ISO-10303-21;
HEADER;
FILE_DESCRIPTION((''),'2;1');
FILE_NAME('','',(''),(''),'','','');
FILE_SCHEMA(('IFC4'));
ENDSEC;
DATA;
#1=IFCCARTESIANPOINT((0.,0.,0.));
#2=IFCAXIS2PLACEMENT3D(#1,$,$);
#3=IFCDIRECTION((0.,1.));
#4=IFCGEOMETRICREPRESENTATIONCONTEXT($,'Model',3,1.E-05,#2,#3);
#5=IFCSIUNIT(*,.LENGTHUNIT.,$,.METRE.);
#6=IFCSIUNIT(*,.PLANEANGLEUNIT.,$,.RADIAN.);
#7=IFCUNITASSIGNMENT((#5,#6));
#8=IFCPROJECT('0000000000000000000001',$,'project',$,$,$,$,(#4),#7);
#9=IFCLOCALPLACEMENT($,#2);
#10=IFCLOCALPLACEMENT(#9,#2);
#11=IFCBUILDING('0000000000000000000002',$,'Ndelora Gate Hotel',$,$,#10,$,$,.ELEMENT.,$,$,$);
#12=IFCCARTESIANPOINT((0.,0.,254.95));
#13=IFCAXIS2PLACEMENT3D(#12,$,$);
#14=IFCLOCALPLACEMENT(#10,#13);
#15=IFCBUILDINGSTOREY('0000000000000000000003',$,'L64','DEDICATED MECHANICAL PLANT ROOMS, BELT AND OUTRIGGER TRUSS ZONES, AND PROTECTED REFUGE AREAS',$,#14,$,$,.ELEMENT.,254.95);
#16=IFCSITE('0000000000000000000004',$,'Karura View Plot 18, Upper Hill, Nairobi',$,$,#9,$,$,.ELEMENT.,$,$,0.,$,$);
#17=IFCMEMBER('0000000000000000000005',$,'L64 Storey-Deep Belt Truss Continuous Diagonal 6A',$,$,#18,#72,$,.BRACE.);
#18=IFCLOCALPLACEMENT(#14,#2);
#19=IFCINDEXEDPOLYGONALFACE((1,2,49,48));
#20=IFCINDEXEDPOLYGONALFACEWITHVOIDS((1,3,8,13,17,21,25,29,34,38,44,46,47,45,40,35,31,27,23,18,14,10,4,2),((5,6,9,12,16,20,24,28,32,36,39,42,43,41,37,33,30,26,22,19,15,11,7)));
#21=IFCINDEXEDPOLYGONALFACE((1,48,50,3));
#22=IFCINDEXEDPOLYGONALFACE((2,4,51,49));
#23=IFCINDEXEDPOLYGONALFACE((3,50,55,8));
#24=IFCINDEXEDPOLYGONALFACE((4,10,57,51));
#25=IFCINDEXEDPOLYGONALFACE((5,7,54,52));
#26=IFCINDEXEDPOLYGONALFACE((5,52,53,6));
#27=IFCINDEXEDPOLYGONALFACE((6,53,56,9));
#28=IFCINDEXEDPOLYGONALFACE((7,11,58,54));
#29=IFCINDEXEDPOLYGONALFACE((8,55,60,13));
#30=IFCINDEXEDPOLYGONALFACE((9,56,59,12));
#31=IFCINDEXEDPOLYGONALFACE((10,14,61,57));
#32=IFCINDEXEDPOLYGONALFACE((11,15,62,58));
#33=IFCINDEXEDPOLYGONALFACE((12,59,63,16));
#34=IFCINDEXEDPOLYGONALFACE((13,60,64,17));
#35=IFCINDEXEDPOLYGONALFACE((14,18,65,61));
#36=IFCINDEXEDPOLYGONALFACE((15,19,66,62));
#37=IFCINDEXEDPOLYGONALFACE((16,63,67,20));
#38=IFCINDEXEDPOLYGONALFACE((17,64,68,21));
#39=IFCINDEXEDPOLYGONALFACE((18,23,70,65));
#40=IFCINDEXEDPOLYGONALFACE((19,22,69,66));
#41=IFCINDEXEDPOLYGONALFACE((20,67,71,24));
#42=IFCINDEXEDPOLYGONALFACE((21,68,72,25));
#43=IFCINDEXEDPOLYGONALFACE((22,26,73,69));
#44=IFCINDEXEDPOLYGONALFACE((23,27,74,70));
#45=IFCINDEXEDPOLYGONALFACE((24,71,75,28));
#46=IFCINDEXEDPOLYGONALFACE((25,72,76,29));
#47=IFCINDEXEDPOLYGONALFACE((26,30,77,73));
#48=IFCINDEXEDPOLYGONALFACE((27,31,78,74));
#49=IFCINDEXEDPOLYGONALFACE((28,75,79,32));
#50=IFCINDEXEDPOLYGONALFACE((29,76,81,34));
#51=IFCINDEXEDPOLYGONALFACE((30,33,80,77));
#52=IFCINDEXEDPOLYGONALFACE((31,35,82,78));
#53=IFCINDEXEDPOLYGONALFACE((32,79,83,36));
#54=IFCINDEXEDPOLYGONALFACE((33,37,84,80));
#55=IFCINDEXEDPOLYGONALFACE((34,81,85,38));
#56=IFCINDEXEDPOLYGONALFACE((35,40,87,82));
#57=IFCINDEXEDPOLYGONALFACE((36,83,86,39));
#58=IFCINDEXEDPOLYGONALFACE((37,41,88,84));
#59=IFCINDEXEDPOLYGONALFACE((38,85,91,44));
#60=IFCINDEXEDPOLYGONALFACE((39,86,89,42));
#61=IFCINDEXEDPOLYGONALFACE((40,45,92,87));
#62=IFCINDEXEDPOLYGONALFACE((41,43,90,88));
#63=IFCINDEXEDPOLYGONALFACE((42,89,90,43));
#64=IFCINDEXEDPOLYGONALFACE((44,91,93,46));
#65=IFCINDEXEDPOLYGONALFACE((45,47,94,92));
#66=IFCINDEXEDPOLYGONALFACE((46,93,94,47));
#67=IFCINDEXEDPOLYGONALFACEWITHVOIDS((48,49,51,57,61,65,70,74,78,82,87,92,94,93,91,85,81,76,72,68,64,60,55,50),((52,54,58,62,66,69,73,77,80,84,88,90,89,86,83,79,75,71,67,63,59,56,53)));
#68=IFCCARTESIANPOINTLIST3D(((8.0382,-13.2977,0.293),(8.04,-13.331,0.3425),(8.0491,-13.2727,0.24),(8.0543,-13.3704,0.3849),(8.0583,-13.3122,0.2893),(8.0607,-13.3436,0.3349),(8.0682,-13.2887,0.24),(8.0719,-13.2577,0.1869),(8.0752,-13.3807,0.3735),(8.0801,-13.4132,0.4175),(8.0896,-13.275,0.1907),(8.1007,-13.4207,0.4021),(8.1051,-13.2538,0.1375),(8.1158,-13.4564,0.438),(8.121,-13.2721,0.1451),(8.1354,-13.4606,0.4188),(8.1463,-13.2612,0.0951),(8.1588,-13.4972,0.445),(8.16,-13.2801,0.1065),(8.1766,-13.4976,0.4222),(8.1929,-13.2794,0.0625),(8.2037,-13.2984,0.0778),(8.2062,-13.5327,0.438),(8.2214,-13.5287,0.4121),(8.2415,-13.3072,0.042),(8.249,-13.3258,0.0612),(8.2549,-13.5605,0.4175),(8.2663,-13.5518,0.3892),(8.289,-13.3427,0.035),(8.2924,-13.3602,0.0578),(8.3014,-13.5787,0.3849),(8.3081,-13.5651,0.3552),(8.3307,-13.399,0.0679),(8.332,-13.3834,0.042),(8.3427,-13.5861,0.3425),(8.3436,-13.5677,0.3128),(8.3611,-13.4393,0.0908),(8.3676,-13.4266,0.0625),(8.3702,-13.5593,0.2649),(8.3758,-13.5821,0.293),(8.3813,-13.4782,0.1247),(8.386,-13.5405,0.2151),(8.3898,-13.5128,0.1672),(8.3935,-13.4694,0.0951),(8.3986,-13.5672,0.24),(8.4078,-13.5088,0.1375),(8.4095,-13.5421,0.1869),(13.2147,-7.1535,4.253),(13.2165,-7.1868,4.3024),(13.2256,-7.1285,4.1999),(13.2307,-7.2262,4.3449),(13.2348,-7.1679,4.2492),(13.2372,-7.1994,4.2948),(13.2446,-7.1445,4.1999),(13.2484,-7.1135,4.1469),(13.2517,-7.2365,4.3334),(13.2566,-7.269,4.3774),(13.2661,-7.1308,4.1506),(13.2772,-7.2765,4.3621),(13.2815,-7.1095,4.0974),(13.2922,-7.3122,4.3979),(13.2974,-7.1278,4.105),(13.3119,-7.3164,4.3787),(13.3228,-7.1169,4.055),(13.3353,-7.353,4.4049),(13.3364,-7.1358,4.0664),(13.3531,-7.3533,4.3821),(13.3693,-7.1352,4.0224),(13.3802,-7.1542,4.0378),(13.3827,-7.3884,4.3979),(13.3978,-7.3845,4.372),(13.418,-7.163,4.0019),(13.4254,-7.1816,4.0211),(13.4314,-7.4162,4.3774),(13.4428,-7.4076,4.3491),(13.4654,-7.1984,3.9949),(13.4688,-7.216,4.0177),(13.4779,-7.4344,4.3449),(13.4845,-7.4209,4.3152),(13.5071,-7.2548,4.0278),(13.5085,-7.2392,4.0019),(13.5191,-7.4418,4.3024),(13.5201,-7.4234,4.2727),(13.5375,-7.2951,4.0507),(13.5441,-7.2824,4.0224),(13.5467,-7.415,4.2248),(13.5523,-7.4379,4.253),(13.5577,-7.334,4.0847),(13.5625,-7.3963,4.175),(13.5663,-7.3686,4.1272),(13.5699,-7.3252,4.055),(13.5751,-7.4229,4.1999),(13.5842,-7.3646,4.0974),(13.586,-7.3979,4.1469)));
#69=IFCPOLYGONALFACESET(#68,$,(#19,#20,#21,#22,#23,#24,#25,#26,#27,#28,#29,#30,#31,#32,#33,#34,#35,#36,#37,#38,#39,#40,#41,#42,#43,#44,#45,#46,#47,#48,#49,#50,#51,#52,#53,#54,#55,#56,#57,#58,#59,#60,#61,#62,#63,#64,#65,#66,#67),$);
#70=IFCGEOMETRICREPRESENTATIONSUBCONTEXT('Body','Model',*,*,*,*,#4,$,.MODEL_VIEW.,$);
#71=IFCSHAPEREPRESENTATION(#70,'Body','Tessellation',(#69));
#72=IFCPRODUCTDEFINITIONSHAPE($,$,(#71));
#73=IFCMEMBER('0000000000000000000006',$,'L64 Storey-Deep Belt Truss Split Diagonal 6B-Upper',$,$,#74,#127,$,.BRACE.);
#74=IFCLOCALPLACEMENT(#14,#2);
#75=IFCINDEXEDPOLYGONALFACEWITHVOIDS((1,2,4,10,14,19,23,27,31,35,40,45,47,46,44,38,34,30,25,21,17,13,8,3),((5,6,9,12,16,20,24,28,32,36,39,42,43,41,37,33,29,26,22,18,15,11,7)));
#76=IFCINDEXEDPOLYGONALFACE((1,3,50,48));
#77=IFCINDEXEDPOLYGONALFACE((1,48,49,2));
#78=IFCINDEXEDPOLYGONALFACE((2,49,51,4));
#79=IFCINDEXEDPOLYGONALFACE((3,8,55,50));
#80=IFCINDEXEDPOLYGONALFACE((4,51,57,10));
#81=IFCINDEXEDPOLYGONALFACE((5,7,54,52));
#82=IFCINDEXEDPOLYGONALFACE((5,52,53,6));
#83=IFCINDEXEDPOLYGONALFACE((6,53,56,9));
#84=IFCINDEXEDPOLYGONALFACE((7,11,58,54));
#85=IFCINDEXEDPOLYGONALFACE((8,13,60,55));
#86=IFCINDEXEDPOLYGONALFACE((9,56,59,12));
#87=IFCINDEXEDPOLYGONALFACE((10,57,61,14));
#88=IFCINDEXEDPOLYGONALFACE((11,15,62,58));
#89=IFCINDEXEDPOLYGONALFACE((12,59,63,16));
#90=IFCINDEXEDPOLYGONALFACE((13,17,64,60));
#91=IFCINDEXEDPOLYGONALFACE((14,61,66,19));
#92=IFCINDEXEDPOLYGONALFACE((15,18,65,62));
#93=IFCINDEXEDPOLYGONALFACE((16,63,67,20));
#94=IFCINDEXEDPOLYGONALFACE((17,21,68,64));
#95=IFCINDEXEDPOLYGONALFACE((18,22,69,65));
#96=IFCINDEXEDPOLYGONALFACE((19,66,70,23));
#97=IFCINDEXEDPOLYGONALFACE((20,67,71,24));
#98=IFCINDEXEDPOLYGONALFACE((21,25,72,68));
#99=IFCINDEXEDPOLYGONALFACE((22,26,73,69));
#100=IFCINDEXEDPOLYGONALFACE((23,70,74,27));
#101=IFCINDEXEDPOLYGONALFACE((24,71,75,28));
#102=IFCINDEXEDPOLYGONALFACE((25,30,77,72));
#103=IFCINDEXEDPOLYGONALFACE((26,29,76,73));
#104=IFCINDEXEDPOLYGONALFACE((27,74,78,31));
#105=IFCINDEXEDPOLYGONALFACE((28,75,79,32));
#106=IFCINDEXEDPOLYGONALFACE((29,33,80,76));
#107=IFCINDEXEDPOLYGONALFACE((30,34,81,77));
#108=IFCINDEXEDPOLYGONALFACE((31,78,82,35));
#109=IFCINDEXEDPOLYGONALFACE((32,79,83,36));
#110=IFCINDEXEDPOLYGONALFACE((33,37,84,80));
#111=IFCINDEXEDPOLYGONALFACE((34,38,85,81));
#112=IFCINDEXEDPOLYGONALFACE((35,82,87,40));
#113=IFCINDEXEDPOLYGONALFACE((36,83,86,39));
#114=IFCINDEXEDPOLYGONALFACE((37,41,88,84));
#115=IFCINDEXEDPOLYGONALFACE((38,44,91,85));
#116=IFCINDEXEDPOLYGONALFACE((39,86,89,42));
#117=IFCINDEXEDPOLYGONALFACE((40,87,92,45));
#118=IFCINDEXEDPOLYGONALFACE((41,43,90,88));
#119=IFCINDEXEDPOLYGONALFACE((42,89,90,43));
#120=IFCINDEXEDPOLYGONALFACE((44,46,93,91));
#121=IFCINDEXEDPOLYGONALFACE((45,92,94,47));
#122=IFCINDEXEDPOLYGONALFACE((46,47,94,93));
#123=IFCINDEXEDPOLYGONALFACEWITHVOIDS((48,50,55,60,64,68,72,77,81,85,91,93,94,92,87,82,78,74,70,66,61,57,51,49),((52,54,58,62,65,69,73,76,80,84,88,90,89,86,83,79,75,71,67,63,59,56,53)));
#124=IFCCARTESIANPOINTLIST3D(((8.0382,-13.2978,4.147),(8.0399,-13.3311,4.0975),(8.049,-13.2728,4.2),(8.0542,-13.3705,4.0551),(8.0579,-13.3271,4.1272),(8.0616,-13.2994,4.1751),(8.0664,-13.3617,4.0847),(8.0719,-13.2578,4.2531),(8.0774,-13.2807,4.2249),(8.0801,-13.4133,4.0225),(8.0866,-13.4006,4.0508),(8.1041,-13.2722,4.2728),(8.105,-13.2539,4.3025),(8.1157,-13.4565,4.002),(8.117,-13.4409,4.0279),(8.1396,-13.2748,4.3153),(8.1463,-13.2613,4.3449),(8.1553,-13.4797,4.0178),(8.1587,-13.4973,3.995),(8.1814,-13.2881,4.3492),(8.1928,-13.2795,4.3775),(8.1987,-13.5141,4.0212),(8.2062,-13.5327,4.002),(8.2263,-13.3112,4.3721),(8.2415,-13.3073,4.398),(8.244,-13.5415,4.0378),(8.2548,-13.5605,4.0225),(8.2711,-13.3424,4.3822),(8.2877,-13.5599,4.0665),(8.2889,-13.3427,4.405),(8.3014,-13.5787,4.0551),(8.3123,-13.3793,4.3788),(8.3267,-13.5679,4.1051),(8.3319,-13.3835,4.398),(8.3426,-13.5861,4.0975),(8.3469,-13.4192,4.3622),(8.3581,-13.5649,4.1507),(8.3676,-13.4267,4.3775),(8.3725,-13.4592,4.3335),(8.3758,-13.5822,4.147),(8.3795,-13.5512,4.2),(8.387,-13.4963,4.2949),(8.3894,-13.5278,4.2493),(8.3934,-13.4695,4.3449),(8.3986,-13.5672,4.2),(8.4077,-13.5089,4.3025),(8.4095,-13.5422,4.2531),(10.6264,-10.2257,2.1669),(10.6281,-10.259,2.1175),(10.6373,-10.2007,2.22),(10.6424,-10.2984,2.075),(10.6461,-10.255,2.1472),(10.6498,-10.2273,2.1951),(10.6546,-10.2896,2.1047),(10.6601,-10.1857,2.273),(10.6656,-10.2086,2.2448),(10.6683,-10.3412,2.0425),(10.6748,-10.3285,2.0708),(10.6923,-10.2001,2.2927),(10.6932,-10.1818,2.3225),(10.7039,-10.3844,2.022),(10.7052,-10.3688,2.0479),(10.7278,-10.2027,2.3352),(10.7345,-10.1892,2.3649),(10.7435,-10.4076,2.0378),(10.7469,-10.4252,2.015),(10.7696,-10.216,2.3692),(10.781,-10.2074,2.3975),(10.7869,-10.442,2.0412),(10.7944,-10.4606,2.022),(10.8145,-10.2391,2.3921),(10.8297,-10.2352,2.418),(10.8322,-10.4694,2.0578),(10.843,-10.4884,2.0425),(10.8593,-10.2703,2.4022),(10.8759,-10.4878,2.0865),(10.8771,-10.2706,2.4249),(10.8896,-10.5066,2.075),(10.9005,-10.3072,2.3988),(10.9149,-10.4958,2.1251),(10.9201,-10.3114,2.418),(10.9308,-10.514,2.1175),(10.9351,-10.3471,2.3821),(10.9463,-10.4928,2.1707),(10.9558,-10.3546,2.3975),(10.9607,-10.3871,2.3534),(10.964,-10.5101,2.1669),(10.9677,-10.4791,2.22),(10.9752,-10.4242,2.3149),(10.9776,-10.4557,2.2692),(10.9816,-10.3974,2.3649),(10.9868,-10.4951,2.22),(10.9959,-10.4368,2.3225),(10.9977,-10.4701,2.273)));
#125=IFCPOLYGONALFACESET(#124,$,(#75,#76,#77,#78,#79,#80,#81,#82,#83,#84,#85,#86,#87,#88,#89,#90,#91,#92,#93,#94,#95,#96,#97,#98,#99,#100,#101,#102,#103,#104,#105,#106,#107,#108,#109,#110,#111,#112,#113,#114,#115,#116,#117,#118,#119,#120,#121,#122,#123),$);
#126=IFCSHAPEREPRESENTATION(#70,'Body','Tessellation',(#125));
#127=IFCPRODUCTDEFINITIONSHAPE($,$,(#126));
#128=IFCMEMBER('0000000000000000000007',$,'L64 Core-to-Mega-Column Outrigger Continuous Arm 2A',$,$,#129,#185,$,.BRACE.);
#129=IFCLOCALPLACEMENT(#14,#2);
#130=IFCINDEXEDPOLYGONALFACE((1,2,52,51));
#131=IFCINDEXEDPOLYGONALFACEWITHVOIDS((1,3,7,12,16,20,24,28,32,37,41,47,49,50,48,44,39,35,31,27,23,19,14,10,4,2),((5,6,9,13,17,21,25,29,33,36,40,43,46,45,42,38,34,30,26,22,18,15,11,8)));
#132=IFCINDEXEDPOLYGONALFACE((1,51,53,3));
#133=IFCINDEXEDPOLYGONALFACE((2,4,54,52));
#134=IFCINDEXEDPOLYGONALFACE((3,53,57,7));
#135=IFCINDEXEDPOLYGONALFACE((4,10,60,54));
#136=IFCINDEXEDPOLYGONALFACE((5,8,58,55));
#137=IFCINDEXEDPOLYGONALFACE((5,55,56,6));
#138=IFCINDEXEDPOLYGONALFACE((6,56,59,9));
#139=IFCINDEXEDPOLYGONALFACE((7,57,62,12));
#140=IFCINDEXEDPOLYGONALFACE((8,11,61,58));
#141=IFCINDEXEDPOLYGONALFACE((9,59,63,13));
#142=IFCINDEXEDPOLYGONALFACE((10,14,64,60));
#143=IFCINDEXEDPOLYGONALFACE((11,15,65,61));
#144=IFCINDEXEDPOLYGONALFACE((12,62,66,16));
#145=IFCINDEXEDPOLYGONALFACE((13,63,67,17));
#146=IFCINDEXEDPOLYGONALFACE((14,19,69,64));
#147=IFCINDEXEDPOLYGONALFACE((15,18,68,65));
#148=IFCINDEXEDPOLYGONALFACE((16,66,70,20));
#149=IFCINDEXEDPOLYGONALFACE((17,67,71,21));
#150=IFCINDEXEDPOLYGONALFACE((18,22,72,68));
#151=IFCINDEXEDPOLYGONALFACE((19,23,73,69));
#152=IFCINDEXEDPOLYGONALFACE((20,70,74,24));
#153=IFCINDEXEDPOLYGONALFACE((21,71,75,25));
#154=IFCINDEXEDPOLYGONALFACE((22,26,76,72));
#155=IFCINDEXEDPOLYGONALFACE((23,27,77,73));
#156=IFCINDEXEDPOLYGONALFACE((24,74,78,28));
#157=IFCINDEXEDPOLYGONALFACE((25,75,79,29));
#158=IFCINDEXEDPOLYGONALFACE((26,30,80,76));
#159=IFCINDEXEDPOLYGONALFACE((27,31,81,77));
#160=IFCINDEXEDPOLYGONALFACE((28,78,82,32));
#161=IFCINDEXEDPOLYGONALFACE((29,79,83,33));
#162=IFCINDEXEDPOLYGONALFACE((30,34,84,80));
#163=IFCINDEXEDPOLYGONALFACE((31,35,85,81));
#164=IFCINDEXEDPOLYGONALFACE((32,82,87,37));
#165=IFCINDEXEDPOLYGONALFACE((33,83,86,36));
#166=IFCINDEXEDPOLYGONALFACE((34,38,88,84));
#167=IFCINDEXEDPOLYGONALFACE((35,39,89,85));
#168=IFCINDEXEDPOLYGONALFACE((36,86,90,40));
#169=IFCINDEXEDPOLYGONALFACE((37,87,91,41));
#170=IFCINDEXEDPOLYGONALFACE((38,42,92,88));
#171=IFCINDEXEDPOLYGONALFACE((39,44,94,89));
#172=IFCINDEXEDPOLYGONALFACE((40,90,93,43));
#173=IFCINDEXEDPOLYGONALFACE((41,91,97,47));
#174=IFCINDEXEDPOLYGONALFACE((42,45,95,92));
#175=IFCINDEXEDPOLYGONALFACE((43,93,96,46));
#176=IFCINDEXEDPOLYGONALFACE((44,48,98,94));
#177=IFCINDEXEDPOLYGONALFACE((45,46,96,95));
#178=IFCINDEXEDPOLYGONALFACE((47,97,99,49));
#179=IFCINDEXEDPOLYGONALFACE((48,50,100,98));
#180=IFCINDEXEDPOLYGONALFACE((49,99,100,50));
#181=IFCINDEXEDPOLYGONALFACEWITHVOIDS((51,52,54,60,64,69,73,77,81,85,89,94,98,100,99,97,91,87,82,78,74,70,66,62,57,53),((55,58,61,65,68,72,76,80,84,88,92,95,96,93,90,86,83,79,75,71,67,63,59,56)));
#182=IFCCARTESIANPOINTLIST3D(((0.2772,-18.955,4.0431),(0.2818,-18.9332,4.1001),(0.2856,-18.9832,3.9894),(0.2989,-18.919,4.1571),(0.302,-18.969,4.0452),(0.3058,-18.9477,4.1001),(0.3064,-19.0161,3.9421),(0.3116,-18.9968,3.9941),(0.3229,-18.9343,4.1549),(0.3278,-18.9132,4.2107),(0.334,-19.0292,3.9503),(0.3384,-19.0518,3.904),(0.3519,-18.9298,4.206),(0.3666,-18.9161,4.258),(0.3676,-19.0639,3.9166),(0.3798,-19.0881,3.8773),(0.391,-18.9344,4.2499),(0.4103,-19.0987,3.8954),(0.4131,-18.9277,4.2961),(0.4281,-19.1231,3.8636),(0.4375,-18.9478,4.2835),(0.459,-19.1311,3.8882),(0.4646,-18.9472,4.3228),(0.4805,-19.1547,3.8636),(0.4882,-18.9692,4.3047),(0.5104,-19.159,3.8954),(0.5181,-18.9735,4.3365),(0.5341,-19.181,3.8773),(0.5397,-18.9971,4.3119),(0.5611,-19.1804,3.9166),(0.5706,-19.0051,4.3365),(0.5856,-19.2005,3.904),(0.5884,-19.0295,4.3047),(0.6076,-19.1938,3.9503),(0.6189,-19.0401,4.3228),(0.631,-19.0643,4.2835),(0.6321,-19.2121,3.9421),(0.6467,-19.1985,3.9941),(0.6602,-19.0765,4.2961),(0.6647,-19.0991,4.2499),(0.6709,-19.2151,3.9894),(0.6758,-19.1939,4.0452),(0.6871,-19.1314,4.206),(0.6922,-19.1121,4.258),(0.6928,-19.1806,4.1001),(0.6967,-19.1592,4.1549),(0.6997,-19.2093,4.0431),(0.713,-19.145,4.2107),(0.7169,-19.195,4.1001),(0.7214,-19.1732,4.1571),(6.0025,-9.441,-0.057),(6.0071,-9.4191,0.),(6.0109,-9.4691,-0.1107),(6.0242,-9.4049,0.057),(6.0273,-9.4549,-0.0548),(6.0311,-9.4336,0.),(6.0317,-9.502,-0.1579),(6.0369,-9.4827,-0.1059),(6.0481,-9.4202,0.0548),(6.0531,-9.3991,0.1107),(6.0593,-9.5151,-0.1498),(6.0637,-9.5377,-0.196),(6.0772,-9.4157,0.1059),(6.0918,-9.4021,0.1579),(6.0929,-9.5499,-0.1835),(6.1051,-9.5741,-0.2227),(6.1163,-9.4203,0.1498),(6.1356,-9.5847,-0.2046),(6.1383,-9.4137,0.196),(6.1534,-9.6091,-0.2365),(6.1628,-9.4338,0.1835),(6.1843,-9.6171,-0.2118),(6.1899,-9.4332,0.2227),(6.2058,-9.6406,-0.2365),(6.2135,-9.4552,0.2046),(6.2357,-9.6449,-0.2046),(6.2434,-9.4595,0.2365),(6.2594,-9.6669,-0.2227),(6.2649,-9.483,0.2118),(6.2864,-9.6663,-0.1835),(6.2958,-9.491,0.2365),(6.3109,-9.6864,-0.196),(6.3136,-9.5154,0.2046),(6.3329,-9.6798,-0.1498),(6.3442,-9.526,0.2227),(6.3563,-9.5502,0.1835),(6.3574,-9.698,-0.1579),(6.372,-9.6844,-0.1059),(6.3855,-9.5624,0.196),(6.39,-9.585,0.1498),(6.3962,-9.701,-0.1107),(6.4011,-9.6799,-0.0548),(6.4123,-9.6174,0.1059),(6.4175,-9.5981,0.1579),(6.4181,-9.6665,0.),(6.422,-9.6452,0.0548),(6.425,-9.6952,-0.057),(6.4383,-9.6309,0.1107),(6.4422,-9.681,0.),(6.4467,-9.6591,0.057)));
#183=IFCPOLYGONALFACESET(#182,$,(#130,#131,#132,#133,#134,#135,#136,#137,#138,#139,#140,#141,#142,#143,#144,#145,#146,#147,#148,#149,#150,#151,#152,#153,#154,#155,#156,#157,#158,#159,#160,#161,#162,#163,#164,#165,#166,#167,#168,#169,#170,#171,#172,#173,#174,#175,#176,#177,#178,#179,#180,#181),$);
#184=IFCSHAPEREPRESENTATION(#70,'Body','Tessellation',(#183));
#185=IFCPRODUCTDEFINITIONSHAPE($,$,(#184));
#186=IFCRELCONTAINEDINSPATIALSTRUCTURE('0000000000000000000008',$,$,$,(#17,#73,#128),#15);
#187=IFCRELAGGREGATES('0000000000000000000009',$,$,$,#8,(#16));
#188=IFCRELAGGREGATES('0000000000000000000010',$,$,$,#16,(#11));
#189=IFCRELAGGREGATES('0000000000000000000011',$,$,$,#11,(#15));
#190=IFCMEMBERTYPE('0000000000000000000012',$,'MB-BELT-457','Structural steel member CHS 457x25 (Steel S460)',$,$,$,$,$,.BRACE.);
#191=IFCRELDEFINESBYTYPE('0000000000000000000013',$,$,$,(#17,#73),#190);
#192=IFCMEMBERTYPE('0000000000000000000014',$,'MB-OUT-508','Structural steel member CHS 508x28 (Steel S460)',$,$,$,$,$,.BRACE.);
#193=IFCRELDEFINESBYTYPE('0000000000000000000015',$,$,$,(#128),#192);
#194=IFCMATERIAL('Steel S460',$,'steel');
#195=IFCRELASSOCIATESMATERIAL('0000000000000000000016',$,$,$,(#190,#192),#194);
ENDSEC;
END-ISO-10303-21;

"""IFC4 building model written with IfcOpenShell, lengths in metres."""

from ifc_helpers import new_model, si_unit, direction, frame, origin, origin_2d, place, context, subcontext, project, spatial, hollow_circle, extrude, material, material_profile, profile_set, type_object, element, save


model = new_model("IFC4")

# Units and contexts
model_context = context("Model", 3, precision=1e-05, world=origin(), true_north=direction((0.0, 1.0)))
body_context = subcontext(model_context, "Body", "Model", "MODEL_VIEW")
ifc_project = project(units=[si_unit("LENGTHUNIT", "METRE"), si_unit("PLANEANGLEUNIT", "RADIAN")], contexts=[model_context])

# Site, building, storey
site_placement = place(None, origin())
site = spatial("IfcSite", under=ifc_project, at=site_placement, Name="Karura View Plot 18, Upper Hill, Nairobi", CompositionType="ELEMENT", RefElevation=0.0)
building_placement = place(site_placement, origin())
building = spatial("IfcBuilding", under=site, at=building_placement, Name="Ndelora Gate Hotel", CompositionType="ELEMENT")
storey_placement = place(building_placement, frame((0.0, 0.0, 254.95)))
storey = spatial("IfcBuildingStorey", under=building, at=storey_placement, Name="L64", Description="DEDICATED MECHANICAL PLANT ROOMS, BELT AND OUTRIGGER TRUSS ZONES, AND PROTECTED REFUGE AREAS", CompositionType="ELEMENT", Elevation=254.95)

# Shared definitions
ifc_material_1 = material(Name="Steel S460", Category="steel")

# Members
ifc_material_profile_1 = material_profile(ifc_material_1, hollow_circle(Radius=0.2285, WallThickness=0.0249, at=origin_2d()), Name="CHS 457x25")
ifc_profile_set_1 = profile_set([ifc_material_profile_1], Name="Steel S460")
member_type_1 = type_object("IfcMemberType", Name="MB-BELT-457", Description="Structural steel member CHS 457x25 (Steel S460)", PredefinedType="BRACE", material=ifc_profile_set_1)
member_1_placement = place(storey_placement, frame((8.2239, -13.4199, 0.24), z_axis=(0.577922, 0.685967, 0.442102), x_axis=(-0.764765, 0.644309, 0.0)))
element("IfcMember", 1, at=member_1_placement, inside=storey, type_object=member_type_1, Name="L64 Storey-Deep Belt Truss Continuous Diagonal 6A", PredefinedType="BRACE", context=body_context, shape_type="SweptSolid", body=[
    extrude(hollow_circle(Radius=0.2285, WallThickness=0.0249, at=origin_2d()), origin(), (0.0, 0.0, 1.0), 8.957),
])
member_2_placement = place(storey_placement, frame((10.812, -10.3479, 2.22), z_axis=(-0.577915, -0.685964, 0.442118), x_axis=(0.764768, -0.644306, 0.0)))
element("IfcMember", 2, at=member_2_placement, inside=storey, type_object=member_type_1, Name="L64 Storey-Deep Belt Truss Split Diagonal 6B-Upper", PredefinedType="BRACE", context=body_context, shape_type="SweptSolid", body=[
    extrude(hollow_circle(Radius=0.2285, WallThickness=0.0249, at=origin_2d()), origin(), (0.0, 0.0, 1.0), 4.4785),
])
ifc_material_profile_2 = material_profile(ifc_material_1, hollow_circle(Radius=0.2539, WallThickness=0.0281, at=origin_2d()), Name="CHS 508x28")
ifc_profile_set_2 = profile_set([ifc_material_profile_2], Name="Steel S460")
member_type_2 = type_object("IfcMemberType", Name="MB-OUT-508", Description="Structural steel member CHS 508x28 (Steel S460)", PredefinedType="BRACE", material=ifc_profile_set_2)
member_3_placement = place(storey_placement, frame((6.2246, -9.55, 0.0), z_axis=(-0.48369, -0.803779, 0.346386), x_axis=(0.856823, -0.515611, 0.0)))
element("IfcMember", 3, at=member_3_placement, inside=storey, type_object=member_type_2, Name="L64 Core-to-Mega-Column Outrigger Continuous Arm 2A", PredefinedType="BRACE", context=body_context, shape_type="SweptSolid", body=[
    extrude(hollow_circle(Radius=0.2539, WallThickness=0.0281, at=origin_2d()), origin(), (0.0, 0.0, 1.0), 11.8367),
])

save(model, "model.ifc")
